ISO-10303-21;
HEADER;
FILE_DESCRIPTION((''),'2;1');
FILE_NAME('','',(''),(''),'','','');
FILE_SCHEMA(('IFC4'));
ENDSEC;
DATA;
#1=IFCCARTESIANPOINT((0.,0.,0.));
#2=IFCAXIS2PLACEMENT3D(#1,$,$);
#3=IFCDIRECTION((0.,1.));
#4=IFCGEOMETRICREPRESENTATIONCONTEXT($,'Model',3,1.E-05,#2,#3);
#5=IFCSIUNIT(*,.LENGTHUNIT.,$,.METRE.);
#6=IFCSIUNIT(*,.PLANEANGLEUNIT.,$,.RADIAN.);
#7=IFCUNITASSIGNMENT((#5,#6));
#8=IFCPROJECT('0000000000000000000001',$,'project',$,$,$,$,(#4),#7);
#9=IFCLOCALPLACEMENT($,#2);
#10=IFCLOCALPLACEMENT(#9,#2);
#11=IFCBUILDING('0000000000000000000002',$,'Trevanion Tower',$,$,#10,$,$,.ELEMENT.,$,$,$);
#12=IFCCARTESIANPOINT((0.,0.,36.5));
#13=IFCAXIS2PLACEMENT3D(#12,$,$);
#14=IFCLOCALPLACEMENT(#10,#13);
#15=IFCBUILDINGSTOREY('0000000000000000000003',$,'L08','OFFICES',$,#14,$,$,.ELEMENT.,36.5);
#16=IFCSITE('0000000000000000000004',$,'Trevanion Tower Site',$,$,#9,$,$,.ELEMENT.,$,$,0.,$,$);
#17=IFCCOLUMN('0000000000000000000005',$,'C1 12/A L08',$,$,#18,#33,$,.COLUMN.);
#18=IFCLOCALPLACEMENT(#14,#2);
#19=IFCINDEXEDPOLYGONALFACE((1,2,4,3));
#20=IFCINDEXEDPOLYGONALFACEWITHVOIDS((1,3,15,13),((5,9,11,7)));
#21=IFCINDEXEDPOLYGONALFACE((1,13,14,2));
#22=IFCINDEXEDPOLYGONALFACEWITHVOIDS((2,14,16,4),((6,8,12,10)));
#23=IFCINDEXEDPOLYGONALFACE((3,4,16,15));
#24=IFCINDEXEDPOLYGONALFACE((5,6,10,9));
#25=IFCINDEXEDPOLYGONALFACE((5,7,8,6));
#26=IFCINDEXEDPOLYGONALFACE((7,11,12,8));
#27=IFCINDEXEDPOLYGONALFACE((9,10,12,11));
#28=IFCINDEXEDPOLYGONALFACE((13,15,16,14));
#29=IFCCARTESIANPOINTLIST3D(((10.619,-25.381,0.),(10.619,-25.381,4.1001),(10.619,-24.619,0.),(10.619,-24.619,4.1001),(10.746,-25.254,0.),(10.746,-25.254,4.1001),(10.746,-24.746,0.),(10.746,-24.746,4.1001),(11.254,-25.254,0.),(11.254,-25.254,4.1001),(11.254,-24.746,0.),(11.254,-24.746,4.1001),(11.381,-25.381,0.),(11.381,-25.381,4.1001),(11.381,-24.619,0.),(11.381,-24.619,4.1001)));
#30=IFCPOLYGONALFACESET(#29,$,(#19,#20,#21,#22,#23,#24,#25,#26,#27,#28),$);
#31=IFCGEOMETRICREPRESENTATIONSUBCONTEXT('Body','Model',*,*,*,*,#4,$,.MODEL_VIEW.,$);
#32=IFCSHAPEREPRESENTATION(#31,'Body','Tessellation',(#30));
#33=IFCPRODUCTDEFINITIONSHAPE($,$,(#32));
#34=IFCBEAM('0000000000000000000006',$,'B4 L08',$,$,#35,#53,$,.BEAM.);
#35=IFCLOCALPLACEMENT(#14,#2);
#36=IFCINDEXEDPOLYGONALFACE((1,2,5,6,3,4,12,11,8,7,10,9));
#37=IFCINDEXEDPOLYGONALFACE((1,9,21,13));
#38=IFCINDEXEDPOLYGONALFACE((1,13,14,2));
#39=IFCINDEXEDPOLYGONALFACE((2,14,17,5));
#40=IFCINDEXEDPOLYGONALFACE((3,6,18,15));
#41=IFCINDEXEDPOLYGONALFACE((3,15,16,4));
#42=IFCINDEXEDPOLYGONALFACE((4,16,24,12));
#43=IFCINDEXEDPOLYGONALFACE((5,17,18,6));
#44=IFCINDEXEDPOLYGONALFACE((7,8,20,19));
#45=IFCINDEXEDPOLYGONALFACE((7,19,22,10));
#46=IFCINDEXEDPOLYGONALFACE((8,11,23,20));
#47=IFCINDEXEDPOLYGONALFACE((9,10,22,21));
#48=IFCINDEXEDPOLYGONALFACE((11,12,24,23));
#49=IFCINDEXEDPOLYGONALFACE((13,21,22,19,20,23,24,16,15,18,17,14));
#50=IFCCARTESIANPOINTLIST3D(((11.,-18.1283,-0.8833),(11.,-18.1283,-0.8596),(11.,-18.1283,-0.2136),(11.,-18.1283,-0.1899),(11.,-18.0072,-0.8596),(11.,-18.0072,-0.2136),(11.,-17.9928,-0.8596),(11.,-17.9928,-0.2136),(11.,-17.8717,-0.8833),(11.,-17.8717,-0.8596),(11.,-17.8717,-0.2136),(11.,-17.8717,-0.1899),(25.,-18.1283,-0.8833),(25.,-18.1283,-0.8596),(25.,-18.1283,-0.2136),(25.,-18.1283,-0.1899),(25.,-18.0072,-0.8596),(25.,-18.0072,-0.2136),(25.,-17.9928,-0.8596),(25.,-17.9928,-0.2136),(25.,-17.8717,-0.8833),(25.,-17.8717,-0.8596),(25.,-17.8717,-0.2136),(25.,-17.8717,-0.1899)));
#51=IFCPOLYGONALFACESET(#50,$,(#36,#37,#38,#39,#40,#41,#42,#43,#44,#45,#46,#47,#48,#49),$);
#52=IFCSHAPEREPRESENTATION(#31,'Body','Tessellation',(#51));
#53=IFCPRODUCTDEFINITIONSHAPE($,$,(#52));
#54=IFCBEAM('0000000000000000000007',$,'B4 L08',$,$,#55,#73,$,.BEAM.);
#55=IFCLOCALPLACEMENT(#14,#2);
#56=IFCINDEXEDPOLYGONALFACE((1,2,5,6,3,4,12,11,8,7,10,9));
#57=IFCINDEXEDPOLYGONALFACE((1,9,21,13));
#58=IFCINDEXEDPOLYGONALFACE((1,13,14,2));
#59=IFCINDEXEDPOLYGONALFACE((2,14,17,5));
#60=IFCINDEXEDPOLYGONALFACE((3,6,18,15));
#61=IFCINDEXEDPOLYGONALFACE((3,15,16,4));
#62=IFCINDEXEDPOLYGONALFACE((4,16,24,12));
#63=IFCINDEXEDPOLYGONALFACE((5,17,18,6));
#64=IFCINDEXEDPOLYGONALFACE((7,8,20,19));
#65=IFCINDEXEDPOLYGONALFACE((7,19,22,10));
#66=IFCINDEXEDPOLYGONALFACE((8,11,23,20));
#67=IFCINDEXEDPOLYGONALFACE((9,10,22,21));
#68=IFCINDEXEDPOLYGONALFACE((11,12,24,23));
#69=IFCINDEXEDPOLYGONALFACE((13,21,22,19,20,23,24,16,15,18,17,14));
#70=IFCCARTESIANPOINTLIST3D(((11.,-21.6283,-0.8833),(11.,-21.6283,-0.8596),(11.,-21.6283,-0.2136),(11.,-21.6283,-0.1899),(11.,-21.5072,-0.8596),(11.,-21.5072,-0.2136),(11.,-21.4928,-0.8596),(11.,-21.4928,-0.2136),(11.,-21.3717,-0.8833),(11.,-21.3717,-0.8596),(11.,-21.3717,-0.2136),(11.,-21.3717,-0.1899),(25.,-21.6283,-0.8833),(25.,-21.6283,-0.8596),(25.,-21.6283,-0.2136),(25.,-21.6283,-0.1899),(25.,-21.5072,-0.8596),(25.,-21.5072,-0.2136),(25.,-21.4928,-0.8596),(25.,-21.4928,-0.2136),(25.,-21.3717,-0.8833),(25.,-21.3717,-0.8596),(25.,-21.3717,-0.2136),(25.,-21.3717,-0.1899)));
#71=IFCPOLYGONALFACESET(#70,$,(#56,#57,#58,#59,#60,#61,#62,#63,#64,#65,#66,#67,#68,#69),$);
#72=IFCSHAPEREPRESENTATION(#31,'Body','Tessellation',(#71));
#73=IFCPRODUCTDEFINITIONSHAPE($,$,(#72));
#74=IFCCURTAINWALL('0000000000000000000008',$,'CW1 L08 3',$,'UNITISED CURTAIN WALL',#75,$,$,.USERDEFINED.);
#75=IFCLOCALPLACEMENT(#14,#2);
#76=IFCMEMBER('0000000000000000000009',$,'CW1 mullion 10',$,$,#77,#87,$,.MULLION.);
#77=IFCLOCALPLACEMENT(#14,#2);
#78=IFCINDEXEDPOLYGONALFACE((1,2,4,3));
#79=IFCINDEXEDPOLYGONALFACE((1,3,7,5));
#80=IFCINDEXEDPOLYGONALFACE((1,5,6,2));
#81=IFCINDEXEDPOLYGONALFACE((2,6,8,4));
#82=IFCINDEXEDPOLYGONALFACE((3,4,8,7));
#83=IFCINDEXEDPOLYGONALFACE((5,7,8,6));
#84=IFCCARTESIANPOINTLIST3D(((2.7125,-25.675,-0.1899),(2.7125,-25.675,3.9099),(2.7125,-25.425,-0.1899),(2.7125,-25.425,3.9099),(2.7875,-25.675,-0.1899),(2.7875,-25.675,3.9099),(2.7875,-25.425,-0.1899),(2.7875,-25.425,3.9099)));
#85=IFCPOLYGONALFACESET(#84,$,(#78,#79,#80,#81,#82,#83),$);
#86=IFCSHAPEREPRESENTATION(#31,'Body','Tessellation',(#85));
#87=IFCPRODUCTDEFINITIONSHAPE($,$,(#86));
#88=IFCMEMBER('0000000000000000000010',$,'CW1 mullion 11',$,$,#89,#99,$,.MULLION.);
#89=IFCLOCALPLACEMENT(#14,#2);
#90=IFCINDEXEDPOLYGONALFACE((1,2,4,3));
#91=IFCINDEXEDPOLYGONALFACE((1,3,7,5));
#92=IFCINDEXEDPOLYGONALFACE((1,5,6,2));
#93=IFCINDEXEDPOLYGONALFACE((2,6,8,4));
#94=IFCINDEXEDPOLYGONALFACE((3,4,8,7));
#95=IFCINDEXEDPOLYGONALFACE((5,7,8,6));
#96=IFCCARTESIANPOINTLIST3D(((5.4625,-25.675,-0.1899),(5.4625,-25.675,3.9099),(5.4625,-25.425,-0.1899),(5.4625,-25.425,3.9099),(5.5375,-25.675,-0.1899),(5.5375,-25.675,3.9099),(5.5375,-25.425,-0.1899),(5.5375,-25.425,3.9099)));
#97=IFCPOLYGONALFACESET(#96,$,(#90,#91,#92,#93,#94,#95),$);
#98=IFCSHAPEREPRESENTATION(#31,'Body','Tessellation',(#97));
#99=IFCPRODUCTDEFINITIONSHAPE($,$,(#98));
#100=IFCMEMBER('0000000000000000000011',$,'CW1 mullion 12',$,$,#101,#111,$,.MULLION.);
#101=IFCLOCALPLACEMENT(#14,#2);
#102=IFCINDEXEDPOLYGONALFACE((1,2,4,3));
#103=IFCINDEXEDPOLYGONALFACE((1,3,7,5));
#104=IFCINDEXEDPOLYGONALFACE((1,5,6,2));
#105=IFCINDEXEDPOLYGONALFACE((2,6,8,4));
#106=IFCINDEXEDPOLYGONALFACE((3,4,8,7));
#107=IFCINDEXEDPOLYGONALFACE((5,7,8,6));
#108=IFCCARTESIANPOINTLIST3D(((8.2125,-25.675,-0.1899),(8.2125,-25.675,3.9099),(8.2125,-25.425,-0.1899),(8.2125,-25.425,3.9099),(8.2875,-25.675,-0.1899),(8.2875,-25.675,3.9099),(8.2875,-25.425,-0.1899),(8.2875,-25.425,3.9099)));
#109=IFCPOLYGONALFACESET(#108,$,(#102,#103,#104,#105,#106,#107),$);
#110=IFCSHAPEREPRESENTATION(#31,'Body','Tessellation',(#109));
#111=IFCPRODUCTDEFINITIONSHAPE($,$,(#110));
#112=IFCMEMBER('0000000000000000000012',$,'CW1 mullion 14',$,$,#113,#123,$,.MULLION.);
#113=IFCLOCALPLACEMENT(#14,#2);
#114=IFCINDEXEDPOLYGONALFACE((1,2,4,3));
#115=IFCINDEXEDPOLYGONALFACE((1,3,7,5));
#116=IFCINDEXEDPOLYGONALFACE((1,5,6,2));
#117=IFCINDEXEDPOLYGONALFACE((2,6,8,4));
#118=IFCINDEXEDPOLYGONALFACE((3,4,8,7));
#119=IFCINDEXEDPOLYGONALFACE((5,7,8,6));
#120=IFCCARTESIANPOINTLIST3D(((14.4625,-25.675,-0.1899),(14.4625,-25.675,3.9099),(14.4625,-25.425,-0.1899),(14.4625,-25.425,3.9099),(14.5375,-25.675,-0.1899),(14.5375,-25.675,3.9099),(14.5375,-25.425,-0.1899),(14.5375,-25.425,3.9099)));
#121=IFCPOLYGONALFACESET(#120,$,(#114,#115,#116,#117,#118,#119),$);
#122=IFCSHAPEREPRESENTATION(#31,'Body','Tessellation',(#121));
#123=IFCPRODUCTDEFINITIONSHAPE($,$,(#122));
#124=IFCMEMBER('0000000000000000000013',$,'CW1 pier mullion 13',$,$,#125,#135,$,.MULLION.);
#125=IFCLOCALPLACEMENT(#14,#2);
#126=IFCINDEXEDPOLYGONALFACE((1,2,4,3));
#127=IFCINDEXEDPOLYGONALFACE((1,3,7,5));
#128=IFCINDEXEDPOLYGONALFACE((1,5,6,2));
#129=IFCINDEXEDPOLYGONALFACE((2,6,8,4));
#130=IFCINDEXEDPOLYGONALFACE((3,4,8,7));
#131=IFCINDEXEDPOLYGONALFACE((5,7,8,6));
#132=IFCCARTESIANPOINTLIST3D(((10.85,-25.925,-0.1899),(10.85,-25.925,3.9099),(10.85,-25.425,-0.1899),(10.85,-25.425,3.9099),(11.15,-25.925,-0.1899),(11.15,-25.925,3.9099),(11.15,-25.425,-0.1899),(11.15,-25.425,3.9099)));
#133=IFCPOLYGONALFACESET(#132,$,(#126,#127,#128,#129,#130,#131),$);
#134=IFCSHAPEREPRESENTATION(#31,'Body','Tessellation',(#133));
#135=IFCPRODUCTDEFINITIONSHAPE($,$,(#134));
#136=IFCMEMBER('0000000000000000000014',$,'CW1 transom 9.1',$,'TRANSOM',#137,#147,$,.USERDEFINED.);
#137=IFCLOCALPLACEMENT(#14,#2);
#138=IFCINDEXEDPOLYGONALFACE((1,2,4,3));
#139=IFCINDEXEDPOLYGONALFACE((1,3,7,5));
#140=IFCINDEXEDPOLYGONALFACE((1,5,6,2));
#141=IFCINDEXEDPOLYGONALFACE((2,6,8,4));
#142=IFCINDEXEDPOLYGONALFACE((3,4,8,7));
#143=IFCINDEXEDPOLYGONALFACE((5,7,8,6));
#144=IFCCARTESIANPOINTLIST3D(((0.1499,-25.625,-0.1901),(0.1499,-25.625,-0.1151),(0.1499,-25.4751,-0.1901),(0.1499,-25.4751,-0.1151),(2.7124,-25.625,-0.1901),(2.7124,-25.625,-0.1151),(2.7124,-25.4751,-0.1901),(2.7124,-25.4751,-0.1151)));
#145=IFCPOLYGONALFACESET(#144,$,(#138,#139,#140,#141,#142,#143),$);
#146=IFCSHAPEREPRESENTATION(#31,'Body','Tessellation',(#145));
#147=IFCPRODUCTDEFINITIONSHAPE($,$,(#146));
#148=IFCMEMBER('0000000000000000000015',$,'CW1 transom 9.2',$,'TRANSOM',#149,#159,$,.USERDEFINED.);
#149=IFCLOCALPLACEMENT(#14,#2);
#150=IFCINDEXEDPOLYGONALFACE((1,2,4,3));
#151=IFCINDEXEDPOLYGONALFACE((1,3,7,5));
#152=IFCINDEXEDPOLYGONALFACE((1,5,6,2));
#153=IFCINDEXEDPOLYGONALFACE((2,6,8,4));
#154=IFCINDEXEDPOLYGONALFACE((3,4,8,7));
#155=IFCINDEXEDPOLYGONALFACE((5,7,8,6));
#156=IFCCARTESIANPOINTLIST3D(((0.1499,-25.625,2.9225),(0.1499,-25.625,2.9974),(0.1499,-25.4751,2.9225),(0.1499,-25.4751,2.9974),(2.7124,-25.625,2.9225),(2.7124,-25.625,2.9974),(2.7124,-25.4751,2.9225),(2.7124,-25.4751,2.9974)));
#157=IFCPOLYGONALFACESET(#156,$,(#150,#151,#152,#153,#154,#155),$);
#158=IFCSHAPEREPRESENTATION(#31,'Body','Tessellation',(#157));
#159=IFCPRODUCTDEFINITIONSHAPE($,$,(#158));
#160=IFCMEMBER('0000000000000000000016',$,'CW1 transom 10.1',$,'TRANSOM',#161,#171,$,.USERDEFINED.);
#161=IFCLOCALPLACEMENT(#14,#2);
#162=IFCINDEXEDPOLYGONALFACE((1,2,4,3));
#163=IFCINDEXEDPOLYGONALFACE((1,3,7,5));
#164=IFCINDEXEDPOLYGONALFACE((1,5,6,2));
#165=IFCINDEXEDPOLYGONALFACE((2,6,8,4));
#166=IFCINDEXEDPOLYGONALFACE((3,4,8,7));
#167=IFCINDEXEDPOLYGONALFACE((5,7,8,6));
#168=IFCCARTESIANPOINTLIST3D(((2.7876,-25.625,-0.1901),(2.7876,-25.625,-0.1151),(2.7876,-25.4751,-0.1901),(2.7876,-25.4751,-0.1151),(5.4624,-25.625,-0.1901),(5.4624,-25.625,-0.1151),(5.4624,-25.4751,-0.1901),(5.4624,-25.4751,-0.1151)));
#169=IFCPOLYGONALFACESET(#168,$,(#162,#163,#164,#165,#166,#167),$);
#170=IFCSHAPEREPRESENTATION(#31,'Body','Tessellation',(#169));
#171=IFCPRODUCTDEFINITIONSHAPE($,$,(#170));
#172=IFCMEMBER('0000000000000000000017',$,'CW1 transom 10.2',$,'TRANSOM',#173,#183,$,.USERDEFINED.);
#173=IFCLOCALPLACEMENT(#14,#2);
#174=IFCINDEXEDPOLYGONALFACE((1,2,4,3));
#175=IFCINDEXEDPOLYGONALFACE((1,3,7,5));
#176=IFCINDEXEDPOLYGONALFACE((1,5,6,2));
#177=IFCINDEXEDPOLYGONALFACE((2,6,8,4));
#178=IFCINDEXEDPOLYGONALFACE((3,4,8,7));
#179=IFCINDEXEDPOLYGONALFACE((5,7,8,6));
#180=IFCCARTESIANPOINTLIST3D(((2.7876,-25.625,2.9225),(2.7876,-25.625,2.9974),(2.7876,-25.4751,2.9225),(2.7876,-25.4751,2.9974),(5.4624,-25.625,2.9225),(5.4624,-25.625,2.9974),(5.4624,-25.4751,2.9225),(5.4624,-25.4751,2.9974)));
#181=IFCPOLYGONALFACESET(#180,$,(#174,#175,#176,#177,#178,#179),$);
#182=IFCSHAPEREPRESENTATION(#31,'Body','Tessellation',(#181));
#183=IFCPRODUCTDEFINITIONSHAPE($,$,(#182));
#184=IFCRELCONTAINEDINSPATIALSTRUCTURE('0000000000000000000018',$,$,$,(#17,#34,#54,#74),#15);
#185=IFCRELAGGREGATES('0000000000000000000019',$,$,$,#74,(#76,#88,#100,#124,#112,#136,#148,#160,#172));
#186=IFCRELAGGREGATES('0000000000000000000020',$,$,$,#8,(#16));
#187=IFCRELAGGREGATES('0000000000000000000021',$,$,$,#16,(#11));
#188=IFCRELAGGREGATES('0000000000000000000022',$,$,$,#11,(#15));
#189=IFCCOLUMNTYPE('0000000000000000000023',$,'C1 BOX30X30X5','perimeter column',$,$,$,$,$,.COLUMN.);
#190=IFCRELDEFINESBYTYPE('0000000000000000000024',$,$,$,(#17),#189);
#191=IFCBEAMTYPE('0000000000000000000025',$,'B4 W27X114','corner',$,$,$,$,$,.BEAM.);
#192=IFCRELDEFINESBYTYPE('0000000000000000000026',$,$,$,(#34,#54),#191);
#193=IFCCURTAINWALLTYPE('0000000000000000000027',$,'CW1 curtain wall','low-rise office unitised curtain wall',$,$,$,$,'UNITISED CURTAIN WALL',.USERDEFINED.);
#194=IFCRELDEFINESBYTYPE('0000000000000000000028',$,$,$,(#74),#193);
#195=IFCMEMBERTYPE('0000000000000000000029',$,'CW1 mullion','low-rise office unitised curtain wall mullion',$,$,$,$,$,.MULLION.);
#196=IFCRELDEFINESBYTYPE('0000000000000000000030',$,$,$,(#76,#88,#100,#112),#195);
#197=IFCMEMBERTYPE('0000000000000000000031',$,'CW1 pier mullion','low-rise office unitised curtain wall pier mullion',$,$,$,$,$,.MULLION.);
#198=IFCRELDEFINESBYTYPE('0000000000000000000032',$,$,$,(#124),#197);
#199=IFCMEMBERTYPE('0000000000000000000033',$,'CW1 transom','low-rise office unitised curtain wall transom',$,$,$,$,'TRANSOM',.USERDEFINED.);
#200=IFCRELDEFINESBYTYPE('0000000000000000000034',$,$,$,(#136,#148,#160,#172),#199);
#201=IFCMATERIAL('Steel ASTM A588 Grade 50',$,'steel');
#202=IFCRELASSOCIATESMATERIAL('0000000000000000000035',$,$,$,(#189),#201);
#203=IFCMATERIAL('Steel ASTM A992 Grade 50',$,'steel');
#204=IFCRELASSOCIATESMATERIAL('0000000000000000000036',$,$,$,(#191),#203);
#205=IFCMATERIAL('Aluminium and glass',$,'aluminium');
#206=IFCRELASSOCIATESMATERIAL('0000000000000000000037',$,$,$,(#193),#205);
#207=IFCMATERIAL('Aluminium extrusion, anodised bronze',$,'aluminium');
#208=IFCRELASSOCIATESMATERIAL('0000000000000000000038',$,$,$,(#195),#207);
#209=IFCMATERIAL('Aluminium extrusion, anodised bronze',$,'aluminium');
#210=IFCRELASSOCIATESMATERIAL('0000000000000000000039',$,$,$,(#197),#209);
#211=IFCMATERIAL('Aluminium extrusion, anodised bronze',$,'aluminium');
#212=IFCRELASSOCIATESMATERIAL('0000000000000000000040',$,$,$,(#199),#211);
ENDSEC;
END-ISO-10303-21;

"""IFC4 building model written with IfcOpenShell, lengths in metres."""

from ifc_helpers import new_model, si_unit, direction, frame, origin, origin_2d, place, context, subcontext, project, spatial, rectangle, hollow_rectangle, i_section, extrude, material, material_profile, profile_set, type_object, element, aggregate, save


model = new_model("IFC4")

# Units and contexts
model_context = context("Model", 3, precision=1e-05, world=origin(), true_north=direction((0.0, 1.0)))
body_context = subcontext(model_context, "Body", "Model", "MODEL_VIEW")
ifc_project = project(units=[si_unit("LENGTHUNIT", "METRE"), si_unit("PLANEANGLEUNIT", "RADIAN")], contexts=[model_context])

# Site, building, storey
site_placement = place(None, origin())
site = spatial("IfcSite", under=ifc_project, at=site_placement, Name="Trevanion Tower Site", CompositionType="ELEMENT", RefElevation=0.0)
building_placement = place(site_placement, origin())
building = spatial("IfcBuilding", under=site, at=building_placement, Name="Trevanion Tower", CompositionType="ELEMENT")
storey_placement = place(building_placement, frame((0.0, 0.0, 36.5)))
storey = spatial("IfcBuildingStorey", under=building, at=storey_placement, Name="L08", Description="OFFICES", CompositionType="ELEMENT", Elevation=36.5)

# Column
ifc_material_1 = material(Name="Steel ASTM A588 Grade 50", Category="steel")
ifc_material_profile_1 = material_profile(ifc_material_1, hollow_rectangle(XDim=0.762, YDim=0.762, WallThickness=0.127, at=origin_2d()), Name="BOX30X30X5")
ifc_profile_set_1 = profile_set([ifc_material_profile_1], Name="Steel ASTM A588 Grade 50")
column_type = type_object("IfcColumnType", Name="C1 BOX30X30X5", Description="perimeter column", PredefinedType="COLUMN", material=ifc_profile_set_1)
column_placement = place(storey_placement, frame((11.0, -25.0, 0.0), z_axis=(0.0, 0.0, 1.0), x_axis=(1.0, 0.0, 0.0)))
element("IfcColumn", 1, at=column_placement, inside=storey, type_object=column_type, Name="C1 12/A L08", PredefinedType="COLUMN", context=body_context, shape_type="SweptSolid", body=[
    extrude(hollow_rectangle(XDim=0.762, YDim=0.762, WallThickness=0.127, at=origin_2d()), origin(), (0.0, 0.0, 1.0), 4.1001),
])

# Beams
ifc_material_2 = material(Name="Steel ASTM A992 Grade 50", Category="steel")
ifc_material_profile_2 = material_profile(ifc_material_2, i_section(OverallWidth=0.2566, OverallDepth=0.6934, WebThickness=0.0144, FlangeThickness=0.0237, at=origin_2d()), Name="W27X114")
ifc_profile_set_2 = profile_set([ifc_material_profile_2], Name="Steel ASTM A992 Grade 50")
beam_type_1 = type_object("IfcBeamType", Name="B4 W27X114", Description="corner", PredefinedType="BEAM", material=ifc_profile_set_2)
for number, where, z_axis, x_axis, name in (
    (2, (11.0, -18.0, -0.5366), (1.0, 0.0, 0.0), (0.0, 1.0, 0.0), "B4 L08"),
    (3, (11.0, -21.5, -0.5366), (1.0, 0.0, 0.0), (0.0, 1.0, 0.0), "B4 L08"),
):
    element("IfcBeam", number, at=place(storey_placement, frame(where, z_axis=z_axis, x_axis=x_axis)), inside=storey, type_object=beam_type_1, Name=name, PredefinedType="BEAM", context=body_context, shape_type="SweptSolid", body=[
        extrude(i_section(OverallWidth=0.2566, OverallDepth=0.6934, WebThickness=0.0144, FlangeThickness=0.0237, at=origin_2d()), origin(), (0.0, 0.0, 1.0), 14.0),
    ])

# Curtain wall, members
ifc_material_3 = material(Name="Aluminium and glass", Category="aluminium")
curtain_wall_type = type_object("IfcCurtainWallType", Name="CW1 curtain wall", Description="low-rise office unitised curtain wall", ElementType="UNITISED CURTAIN WALL", PredefinedType="USERDEFINED", material=ifc_material_3)
curtain_wall_placement = place(storey_placement, origin())
curtain_wall = element("IfcCurtainWall", 4, at=curtain_wall_placement, inside=storey, type_object=curtain_wall_type, Name="CW1 L08 3", ObjectType="UNITISED CURTAIN WALL", PredefinedType="USERDEFINED")
ifc_material_4 = material(Name="Aluminium extrusion, anodised bronze", Category="aluminium")
ifc_material_profile_3 = material_profile(ifc_material_4, rectangle(XDim=0.075, YDim=0.25, at=origin_2d()), Name="CW1 mullion")
ifc_profile_set_3 = profile_set([ifc_material_profile_3], Name="Aluminium extrusion, anodised bronze")
member_type_1 = type_object("IfcMemberType", Name="CW1 mullion", Description="low-rise office unitised curtain wall mullion", PredefinedType="MULLION", material=ifc_profile_set_3)
member_1_placement = place(storey_placement, frame((2.75, -25.55, -0.1899), z_axis=(0.0, 0.0, 1.0), x_axis=(1.0, 0.0, 0.0)))
member_1 = element("IfcMember", 5, at=member_1_placement, type_object=member_type_1, Name="CW1 mullion 10", PredefinedType="MULLION", context=body_context, shape_type="SweptSolid", body=[
    extrude(rectangle(XDim=0.075, YDim=0.25, at=origin_2d()), origin(), (0.0, 0.0, 1.0), 4.0999),
])
member_2_placement = place(storey_placement, frame((5.5, -25.55, -0.1899), z_axis=(0.0, 0.0, 1.0), x_axis=(1.0, 0.0, 0.0)))
member_2 = element("IfcMember", 6, at=member_2_placement, type_object=member_type_1, Name="CW1 mullion 11", PredefinedType="MULLION", context=body_context, shape_type="SweptSolid", body=[
    extrude(rectangle(XDim=0.075, YDim=0.25, at=origin_2d()), origin(), (0.0, 0.0, 1.0), 4.0999),
])
member_3_placement = place(storey_placement, frame((8.25, -25.55, -0.1899), z_axis=(0.0, 0.0, 1.0), x_axis=(1.0, 0.0, 0.0)))
member_3 = element("IfcMember", 7, at=member_3_placement, type_object=member_type_1, Name="CW1 mullion 12", PredefinedType="MULLION", context=body_context, shape_type="SweptSolid", body=[
    extrude(rectangle(XDim=0.075, YDim=0.25, at=origin_2d()), origin(), (0.0, 0.0, 1.0), 4.0999),
])
member_4_placement = place(storey_placement, frame((14.5, -25.55, -0.1899), z_axis=(0.0, 0.0, 1.0), x_axis=(1.0, 0.0, 0.0)))
member_4 = element("IfcMember", 8, at=member_4_placement, type_object=member_type_1, Name="CW1 mullion 14", PredefinedType="MULLION", context=body_context, shape_type="SweptSolid", body=[
    extrude(rectangle(XDim=0.075, YDim=0.25, at=origin_2d()), origin(), (0.0, 0.0, 1.0), 4.0999),
])
ifc_material_5 = material(Name="Aluminium extrusion, anodised bronze", Category="aluminium")
ifc_material_profile_4 = material_profile(ifc_material_5, rectangle(XDim=0.3, YDim=0.5, at=origin_2d()), Name="CW1 pier mullion")
ifc_profile_set_4 = profile_set([ifc_material_profile_4], Name="Aluminium extrusion, anodised bronze")
member_type_2 = type_object("IfcMemberType", Name="CW1 pier mullion", Description="low-rise office unitised curtain wall pier mullion", PredefinedType="MULLION", material=ifc_profile_set_4)
member_5_placement = place(storey_placement, frame((11.0, -25.675, -0.1899), z_axis=(0.0, 0.0, 1.0), x_axis=(1.0, 0.0, 0.0)))
member_5 = element("IfcMember", 9, at=member_5_placement, type_object=member_type_2, Name="CW1 pier mullion 13", PredefinedType="MULLION", context=body_context, shape_type="SweptSolid", body=[
    extrude(rectangle(XDim=0.3, YDim=0.5, at=origin_2d()), origin(), (0.0, 0.0, 1.0), 4.0999),
])
ifc_material_6 = material(Name="Aluminium extrusion, anodised bronze", Category="aluminium")
ifc_material_profile_5 = material_profile(ifc_material_6, rectangle(XDim=0.1499, YDim=0.075, at=origin_2d()), Name="CW1 transom")
ifc_profile_set_5 = profile_set([ifc_material_profile_5], Name="Aluminium extrusion, anodised bronze")
member_type_3 = type_object("IfcMemberType", Name="CW1 transom", Description="low-rise office unitised curtain wall transom", ElementType="TRANSOM", PredefinedType="USERDEFINED", material=ifc_profile_set_5)
member_6_placement = place(storey_placement, frame((0.1499, -25.55, -0.1526), z_axis=(1.0, 0.0, 0.0), x_axis=(0.0, 1.0, 0.0)))
member_6 = element("IfcMember", 10, at=member_6_placement, type_object=member_type_3, Name="CW1 transom 9.1", ObjectType="TRANSOM", PredefinedType="USERDEFINED", context=body_context, shape_type="SweptSolid", body=[
    extrude(rectangle(XDim=0.1499, YDim=0.075, at=origin_2d()), origin(), (0.0, 0.0, 1.0), 2.5625),
])
member_7_placement = place(storey_placement, frame((0.1499, -25.55, 2.96), z_axis=(1.0, 0.0, 0.0), x_axis=(0.0, 1.0, 0.0)))
member_7 = element("IfcMember", 11, at=member_7_placement, type_object=member_type_3, Name="CW1 transom 9.2", ObjectType="TRANSOM", PredefinedType="USERDEFINED", context=body_context, shape_type="SweptSolid", body=[
    extrude(rectangle(XDim=0.1499, YDim=0.075, at=origin_2d()), origin(), (0.0, 0.0, 1.0), 2.5625),
])
member_8_placement = place(storey_placement, frame((2.7876, -25.55, -0.1526), z_axis=(1.0, 0.0, 0.0), x_axis=(0.0, 1.0, 0.0)))
member_8 = element("IfcMember", 12, at=member_8_placement, type_object=member_type_3, Name="CW1 transom 10.1", ObjectType="TRANSOM", PredefinedType="USERDEFINED", context=body_context, shape_type="SweptSolid", body=[
    extrude(rectangle(XDim=0.1499, YDim=0.075, at=origin_2d()), origin(), (0.0, 0.0, 1.0), 2.6748),
])
member_9_placement = place(storey_placement, frame((2.7876, -25.55, 2.96), z_axis=(1.0, 0.0, 0.0), x_axis=(0.0, 1.0, 0.0)))
member_9 = element("IfcMember", 13, at=member_9_placement, type_object=member_type_3, Name="CW1 transom 10.2", ObjectType="TRANSOM", PredefinedType="USERDEFINED", context=body_context, shape_type="SweptSolid", body=[
    extrude(rectangle(XDim=0.1499, YDim=0.075, at=origin_2d()), origin(), (0.0, 0.0, 1.0), 2.6748),
])

aggregate(curtain_wall, [member_1, member_2, member_3, member_5, member_4, member_6, member_7, member_8, member_9])

save(model, "model.ifc")
